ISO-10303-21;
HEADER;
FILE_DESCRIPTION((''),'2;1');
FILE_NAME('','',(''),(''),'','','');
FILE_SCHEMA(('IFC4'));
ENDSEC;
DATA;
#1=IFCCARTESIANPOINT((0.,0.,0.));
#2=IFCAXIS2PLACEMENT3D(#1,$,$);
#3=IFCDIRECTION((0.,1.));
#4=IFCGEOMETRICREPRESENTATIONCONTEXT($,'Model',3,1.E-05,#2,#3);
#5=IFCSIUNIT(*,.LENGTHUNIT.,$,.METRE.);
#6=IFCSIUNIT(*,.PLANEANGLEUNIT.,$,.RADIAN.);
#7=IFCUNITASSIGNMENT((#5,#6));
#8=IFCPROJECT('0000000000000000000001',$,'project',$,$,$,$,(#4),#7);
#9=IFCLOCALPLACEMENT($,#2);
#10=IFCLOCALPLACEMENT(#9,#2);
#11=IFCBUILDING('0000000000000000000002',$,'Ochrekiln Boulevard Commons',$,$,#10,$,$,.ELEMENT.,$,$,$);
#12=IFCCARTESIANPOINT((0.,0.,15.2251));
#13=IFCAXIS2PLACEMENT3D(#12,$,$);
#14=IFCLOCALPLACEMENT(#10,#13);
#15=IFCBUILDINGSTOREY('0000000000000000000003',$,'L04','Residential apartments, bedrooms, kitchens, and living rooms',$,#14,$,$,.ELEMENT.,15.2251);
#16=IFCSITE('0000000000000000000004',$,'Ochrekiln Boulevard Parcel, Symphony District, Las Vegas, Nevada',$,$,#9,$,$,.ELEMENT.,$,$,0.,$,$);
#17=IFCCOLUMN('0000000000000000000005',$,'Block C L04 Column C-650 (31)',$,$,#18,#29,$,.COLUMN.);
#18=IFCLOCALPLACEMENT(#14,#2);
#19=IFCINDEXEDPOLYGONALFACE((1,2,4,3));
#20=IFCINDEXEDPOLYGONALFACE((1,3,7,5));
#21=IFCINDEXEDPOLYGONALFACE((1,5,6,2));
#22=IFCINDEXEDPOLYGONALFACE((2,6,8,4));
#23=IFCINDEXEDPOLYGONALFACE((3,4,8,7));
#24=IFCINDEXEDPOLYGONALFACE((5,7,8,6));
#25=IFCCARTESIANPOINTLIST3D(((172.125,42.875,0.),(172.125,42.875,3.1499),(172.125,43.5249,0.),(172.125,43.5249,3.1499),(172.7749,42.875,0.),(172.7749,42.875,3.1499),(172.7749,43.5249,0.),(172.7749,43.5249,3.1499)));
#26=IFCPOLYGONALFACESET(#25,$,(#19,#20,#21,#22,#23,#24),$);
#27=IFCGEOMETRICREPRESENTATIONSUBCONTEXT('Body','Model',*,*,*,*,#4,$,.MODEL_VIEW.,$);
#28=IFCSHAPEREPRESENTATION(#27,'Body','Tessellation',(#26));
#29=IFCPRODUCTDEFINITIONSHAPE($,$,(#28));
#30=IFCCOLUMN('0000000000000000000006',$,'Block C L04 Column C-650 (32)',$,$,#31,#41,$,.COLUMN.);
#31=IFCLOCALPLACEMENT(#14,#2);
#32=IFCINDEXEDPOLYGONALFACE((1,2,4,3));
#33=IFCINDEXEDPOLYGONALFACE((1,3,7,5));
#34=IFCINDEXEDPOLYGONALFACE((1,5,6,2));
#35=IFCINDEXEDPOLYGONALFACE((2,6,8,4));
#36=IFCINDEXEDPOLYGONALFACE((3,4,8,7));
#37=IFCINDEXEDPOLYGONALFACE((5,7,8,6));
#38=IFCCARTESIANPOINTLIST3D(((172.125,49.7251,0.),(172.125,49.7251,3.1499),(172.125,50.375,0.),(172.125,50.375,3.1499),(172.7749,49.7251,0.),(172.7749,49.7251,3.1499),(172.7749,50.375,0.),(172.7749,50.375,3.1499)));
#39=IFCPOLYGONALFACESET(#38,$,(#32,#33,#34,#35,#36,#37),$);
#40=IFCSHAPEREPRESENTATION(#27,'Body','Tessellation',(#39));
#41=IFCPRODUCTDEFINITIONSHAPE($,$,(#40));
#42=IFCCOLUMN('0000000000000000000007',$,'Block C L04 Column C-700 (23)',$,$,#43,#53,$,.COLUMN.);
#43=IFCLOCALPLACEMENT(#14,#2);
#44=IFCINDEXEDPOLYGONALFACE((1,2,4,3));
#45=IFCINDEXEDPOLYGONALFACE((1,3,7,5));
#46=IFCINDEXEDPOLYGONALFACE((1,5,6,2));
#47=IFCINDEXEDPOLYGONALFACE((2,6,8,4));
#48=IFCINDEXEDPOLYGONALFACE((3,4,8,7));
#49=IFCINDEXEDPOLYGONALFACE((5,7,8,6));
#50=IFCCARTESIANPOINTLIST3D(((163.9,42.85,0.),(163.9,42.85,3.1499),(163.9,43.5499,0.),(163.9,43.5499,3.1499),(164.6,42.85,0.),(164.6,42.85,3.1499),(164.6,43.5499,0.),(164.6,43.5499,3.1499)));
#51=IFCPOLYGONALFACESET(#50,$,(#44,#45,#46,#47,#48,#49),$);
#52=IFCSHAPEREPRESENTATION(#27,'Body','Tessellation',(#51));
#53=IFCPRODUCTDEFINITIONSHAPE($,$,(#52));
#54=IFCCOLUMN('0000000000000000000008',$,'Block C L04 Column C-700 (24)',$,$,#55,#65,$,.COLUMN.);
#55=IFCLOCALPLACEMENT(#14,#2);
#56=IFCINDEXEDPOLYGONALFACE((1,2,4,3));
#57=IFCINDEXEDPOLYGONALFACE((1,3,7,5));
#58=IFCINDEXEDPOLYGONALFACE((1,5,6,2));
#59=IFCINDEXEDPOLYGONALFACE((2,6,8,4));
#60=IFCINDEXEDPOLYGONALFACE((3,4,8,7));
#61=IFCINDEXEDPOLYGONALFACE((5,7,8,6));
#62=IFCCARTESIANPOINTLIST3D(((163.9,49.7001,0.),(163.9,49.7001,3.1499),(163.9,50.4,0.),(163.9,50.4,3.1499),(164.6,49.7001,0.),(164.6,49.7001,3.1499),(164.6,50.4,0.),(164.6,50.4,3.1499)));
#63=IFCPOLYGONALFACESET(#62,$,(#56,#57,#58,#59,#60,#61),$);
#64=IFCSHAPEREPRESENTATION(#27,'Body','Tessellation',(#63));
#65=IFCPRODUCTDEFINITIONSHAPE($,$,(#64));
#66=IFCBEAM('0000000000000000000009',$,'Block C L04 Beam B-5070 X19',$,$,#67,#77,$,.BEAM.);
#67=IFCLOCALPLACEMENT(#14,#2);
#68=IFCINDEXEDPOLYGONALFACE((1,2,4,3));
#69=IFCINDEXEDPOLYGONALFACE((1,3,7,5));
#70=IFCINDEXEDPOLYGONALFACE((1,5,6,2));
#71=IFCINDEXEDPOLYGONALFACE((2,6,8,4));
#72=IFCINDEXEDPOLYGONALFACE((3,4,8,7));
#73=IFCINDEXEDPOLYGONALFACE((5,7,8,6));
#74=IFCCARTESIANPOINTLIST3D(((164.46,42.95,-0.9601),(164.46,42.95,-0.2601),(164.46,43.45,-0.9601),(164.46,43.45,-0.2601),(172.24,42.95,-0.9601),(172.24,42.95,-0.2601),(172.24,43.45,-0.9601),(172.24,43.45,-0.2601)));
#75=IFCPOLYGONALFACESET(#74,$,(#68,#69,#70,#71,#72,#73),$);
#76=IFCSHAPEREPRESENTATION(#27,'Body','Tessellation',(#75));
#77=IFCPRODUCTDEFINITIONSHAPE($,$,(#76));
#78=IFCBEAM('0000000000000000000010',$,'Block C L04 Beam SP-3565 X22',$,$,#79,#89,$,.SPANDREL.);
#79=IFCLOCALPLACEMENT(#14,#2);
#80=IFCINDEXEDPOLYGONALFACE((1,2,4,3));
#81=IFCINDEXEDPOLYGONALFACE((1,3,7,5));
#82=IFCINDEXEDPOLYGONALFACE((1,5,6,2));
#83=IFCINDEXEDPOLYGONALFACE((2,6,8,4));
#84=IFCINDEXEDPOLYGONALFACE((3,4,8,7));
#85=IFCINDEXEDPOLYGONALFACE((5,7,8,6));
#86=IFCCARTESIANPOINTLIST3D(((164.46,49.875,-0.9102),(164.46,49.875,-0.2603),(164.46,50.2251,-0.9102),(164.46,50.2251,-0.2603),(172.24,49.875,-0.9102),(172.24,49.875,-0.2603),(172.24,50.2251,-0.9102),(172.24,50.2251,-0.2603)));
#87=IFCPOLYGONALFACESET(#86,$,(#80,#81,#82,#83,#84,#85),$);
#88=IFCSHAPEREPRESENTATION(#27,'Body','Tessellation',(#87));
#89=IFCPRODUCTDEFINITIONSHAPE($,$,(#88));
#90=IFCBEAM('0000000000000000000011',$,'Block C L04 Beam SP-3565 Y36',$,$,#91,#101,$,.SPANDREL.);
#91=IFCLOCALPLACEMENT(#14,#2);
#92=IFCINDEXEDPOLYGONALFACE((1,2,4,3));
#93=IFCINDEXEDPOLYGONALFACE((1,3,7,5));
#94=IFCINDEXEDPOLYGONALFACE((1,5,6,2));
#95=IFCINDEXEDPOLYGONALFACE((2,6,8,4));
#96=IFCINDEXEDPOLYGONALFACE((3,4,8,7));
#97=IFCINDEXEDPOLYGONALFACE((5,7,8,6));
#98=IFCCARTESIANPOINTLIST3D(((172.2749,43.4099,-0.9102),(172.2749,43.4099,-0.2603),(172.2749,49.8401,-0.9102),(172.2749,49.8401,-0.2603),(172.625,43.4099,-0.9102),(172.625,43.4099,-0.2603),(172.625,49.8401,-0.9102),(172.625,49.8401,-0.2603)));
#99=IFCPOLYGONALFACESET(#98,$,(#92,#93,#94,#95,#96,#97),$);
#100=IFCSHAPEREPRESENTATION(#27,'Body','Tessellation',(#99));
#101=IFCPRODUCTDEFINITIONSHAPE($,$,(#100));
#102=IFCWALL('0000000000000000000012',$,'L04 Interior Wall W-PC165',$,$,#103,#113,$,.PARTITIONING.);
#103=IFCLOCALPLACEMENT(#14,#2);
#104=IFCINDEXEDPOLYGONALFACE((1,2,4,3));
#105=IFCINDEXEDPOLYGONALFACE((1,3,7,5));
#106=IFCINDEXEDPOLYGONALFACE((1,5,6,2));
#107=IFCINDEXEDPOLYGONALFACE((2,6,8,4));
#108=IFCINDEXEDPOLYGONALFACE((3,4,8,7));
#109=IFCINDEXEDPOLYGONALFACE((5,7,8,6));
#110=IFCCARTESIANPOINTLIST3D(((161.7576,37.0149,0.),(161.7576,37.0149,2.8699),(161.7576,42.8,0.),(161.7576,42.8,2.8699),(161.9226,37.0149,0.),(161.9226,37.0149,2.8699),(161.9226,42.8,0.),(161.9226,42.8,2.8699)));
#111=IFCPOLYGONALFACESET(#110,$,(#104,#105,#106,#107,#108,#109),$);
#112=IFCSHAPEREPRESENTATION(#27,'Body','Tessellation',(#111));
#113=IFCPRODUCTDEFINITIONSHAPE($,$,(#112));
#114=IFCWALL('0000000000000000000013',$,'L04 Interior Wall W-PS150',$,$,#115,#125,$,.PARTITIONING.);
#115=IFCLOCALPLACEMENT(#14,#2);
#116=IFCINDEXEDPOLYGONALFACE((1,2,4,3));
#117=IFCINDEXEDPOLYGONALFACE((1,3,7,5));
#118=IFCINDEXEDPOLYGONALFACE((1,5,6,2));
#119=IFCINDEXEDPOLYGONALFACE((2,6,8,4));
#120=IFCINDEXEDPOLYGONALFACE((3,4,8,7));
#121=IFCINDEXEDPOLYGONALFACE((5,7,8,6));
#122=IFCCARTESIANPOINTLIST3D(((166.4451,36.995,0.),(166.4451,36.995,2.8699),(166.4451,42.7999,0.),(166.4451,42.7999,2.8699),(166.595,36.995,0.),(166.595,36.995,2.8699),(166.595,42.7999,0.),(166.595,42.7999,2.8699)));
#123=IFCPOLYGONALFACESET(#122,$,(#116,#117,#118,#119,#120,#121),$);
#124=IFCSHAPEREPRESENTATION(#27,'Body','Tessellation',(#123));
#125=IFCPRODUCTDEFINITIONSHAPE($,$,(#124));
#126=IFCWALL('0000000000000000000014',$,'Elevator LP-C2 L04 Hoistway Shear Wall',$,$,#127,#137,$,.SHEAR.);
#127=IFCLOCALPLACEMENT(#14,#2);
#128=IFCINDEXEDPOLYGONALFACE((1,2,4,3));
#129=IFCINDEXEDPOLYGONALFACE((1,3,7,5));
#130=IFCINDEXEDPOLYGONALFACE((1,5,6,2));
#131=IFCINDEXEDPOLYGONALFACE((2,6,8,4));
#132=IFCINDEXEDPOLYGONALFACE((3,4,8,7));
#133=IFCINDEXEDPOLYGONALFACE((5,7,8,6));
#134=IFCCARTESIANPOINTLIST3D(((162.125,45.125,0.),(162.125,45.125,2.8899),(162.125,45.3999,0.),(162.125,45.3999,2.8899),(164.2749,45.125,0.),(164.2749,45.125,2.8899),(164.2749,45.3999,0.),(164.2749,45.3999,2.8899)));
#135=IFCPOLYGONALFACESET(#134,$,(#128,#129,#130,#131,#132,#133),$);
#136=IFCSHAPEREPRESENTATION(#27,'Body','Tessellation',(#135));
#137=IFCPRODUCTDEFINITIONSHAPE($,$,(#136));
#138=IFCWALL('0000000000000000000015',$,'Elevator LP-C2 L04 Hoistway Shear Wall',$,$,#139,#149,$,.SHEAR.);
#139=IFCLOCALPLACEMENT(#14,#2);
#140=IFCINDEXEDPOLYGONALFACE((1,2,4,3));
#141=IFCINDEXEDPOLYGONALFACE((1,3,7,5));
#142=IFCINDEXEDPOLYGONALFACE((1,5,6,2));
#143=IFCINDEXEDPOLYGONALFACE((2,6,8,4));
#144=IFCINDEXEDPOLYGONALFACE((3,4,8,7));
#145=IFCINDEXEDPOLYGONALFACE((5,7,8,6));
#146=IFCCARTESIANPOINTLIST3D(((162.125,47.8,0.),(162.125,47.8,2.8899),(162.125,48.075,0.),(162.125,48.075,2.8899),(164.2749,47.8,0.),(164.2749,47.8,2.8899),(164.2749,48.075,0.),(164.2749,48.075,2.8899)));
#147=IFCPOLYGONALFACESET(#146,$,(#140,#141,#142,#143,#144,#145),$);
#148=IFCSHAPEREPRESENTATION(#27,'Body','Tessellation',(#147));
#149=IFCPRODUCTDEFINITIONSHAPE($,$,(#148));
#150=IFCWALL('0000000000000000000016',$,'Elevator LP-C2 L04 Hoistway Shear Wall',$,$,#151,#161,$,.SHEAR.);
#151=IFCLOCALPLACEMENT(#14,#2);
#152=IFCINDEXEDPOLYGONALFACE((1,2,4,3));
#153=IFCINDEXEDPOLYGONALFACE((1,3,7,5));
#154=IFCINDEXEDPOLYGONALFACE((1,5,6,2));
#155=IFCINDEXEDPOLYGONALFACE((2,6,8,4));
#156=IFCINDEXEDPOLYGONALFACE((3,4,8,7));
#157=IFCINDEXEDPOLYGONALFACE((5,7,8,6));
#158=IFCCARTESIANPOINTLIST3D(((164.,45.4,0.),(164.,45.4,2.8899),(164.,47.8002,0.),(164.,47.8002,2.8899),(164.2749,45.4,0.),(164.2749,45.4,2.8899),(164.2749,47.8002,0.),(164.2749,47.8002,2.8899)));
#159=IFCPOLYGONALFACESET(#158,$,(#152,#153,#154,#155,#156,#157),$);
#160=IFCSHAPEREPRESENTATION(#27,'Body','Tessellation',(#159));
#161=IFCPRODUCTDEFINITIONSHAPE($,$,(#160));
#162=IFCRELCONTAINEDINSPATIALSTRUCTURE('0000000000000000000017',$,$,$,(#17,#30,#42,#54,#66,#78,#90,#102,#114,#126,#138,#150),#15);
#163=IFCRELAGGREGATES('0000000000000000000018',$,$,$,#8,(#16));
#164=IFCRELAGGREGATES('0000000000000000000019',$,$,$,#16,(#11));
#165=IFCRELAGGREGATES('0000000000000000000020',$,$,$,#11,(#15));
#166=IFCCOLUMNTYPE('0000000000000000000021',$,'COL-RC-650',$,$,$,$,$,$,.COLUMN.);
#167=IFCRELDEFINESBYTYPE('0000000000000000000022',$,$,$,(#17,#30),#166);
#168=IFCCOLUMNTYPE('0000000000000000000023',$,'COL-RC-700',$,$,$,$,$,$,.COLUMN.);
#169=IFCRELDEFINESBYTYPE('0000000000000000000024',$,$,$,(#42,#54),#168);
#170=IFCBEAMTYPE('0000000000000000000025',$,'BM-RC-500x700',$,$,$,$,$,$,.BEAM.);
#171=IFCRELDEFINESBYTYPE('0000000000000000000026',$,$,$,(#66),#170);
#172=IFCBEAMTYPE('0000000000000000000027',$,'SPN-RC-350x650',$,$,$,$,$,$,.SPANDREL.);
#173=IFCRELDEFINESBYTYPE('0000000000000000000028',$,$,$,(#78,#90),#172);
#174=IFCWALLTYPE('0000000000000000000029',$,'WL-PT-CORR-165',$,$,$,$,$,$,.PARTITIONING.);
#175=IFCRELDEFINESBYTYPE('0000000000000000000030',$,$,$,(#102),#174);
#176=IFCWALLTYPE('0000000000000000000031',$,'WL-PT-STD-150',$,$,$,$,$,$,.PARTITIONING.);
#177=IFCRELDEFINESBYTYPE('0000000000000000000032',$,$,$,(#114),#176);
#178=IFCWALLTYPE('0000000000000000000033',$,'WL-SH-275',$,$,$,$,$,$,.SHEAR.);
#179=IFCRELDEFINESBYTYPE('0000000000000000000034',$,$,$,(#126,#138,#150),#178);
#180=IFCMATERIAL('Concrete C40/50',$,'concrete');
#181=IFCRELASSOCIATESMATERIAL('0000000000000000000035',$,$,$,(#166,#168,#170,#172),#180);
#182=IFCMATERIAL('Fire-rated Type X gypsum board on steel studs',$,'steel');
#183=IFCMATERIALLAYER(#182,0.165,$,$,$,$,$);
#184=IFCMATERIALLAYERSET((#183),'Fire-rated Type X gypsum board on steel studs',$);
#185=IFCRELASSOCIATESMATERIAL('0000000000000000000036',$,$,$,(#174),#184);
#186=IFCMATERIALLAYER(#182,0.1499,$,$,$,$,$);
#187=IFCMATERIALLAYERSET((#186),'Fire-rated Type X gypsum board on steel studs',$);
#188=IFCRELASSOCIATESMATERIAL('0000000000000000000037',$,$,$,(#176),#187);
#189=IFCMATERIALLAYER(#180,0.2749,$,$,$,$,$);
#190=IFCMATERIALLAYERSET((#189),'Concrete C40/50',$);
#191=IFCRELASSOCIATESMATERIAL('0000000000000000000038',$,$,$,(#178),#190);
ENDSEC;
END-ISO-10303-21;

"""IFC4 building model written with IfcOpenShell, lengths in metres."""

from ifc_helpers import new_model, si_unit, direction, frame, frame_2d, origin, origin_2d, place, context, subcontext, project, spatial, rectangle, extrude, material, layer, layer_set, material_profile, profile_set, type_object, element, save


model = new_model("IFC4")

# Units and contexts
model_context = context("Model", 3, precision=1e-05, world=origin(), true_north=direction((0.0, 1.0)))
body_context = subcontext(model_context, "Body", "Model", "MODEL_VIEW")
ifc_project = project(units=[si_unit("LENGTHUNIT", "METRE"), si_unit("PLANEANGLEUNIT", "RADIAN")], contexts=[model_context])

# Site, building, storey
site_placement = place(None, origin())
site = spatial("IfcSite", under=ifc_project, at=site_placement, Name="Ochrekiln Boulevard Parcel, Symphony District, Las Vegas, Nevada", CompositionType="ELEMENT", RefElevation=0.0)
building_placement = place(site_placement, origin())
building = spatial("IfcBuilding", under=site, at=building_placement, Name="Ochrekiln Boulevard Commons", CompositionType="ELEMENT")
storey_placement = place(building_placement, frame((0.0, 0.0, 15.2251)))
storey = spatial("IfcBuildingStorey", under=building, at=storey_placement, Name="L04", Description="Residential apartments, bedrooms, kitchens, and living rooms", CompositionType="ELEMENT", Elevation=15.2251)

# Columns
ifc_material_1 = material(Name="Concrete C40/50", Category="concrete")
ifc_material_profile_1 = material_profile(ifc_material_1, rectangle(XDim=0.6499, YDim=0.6499, at=origin_2d()), Name="RC-COL-650x650")
ifc_profile_set_1 = profile_set([ifc_material_profile_1], Name="Concrete C40/50")
column_type_1 = type_object("IfcColumnType", Name="COL-RC-650", PredefinedType="COLUMN", material=ifc_profile_set_1)
for number, where, z_axis, x_axis, name in (
    (1, (172.45, 43.2, 0.0), (0.0, 0.0, 1.0), (1.0, 0.0, 0.0), "Block C L04 Column C-650 (31)"),
    (2, (172.45, 50.05, 0.0), (0.0, 0.0, 1.0), (1.0, 0.0, 0.0), "Block C L04 Column C-650 (32)"),
):
    element("IfcColumn", number, at=place(storey_placement, frame(where, z_axis=z_axis, x_axis=x_axis)), inside=storey, type_object=column_type_1, Name=name, PredefinedType="COLUMN", context=body_context, shape_type="SweptSolid", body=[
        extrude(rectangle(XDim=0.6499, YDim=0.6499, at=origin_2d()), origin(), (0.0, 0.0, 1.0), 3.1499),
    ])
ifc_material_profile_2 = material_profile(ifc_material_1, rectangle(XDim=0.7, YDim=0.7, at=origin_2d()), Name="RC-COL-700x700")
ifc_profile_set_2 = profile_set([ifc_material_profile_2], Name="Concrete C40/50")
column_type_2 = type_object("IfcColumnType", Name="COL-RC-700", PredefinedType="COLUMN", material=ifc_profile_set_2)
for number, where, z_axis, x_axis, name in (
    (3, (164.25, 43.2, 0.0), (0.0, 0.0, 1.0), (1.0, 0.0, 0.0), "Block C L04 Column C-700 (23)"),
    (4, (164.25, 50.05, 0.0), (0.0, 0.0, 1.0), (1.0, 0.0, 0.0), "Block C L04 Column C-700 (24)"),
):
    element("IfcColumn", number, at=place(storey_placement, frame(where, z_axis=z_axis, x_axis=x_axis)), inside=storey, type_object=column_type_2, Name=name, PredefinedType="COLUMN", context=body_context, shape_type="SweptSolid", body=[
        extrude(rectangle(XDim=0.7, YDim=0.7, at=origin_2d()), origin(), (0.0, 0.0, 1.0), 3.1499),
    ])

# Beams
ifc_material_profile_3 = material_profile(ifc_material_1, rectangle(XDim=0.5, YDim=0.7, at=origin_2d()), Name="RC-BM-500x700")
ifc_profile_set_3 = profile_set([ifc_material_profile_3], Name="Concrete C40/50")
beam_type_1 = type_object("IfcBeamType", Name="BM-RC-500x700", PredefinedType="BEAM", material=ifc_profile_set_3)
beam_1_placement = place(storey_placement, frame((164.46, 43.2, -0.6101), z_axis=(1.0, 0.0, 0.0), x_axis=(0.0, 1.0, 0.0)))
element("IfcBeam", 5, at=beam_1_placement, inside=storey, type_object=beam_type_1, Name="Block C L04 Beam B-5070 X19", PredefinedType="BEAM", context=body_context, shape_type="SweptSolid", body=[
    extrude(rectangle(XDim=0.5, YDim=0.7, at=origin_2d()), origin(), (0.0, 0.0, 1.0), 7.78),
])
ifc_material_profile_4 = material_profile(ifc_material_1, rectangle(XDim=0.3501, YDim=0.6499, at=origin_2d()), Name="RC-SPN-350x650")
ifc_profile_set_4 = profile_set([ifc_material_profile_4], Name="Concrete C40/50")
beam_type_2 = type_object("IfcBeamType", Name="SPN-RC-350x650", PredefinedType="SPANDREL", material=ifc_profile_set_4)
beam_2_placement = place(storey_placement, frame((164.46, 50.05, -0.5852), z_axis=(1.0, 0.0, 0.0), x_axis=(0.0, 1.0, 0.0)))
element("IfcBeam", 6, at=beam_2_placement, inside=storey, type_object=beam_type_2, Name="Block C L04 Beam SP-3565 X22", PredefinedType="SPANDREL", context=body_context, shape_type="SweptSolid", body=[
    extrude(rectangle(XDim=0.3501, YDim=0.6499, at=origin_2d()), origin(), (0.0, 0.0, 1.0), 7.78),
])
beam_3_placement = place(storey_placement, frame((172.45, 43.4099, -0.5852), z_axis=(0.0, 1.0, 0.0), x_axis=(-1.0, 0.0, 0.0)))
element("IfcBeam", 7, at=beam_3_placement, inside=storey, type_object=beam_type_2, Name="Block C L04 Beam SP-3565 Y36", PredefinedType="SPANDREL", context=body_context, shape_type="SweptSolid", body=[
    extrude(rectangle(XDim=0.3501, YDim=0.6499, at=origin_2d()), origin(), (0.0, 0.0, 1.0), 6.4302),
])

# Wall
ifc_material_2 = material(Name="Fire-rated Type X gypsum board on steel studs", Category="steel")
ifc_layer_1 = layer(ifc_material_2, 0.165)
ifc_layer_set_1 = layer_set([ifc_layer_1], Name="Fire-rated Type X gypsum board on steel studs")
wall_type_1 = type_object("IfcWallType", Name="WL-PT-CORR-165", PredefinedType="PARTITIONING", material=ifc_layer_set_1)
wall_1_placement = place(storey_placement, frame((161.8401, 37.0149, 0.0), z_axis=(0.0, 0.0, 1.0), x_axis=(0.0, 1.0, 0.0)))
element("IfcWall", 8, at=wall_1_placement, inside=storey, type_object=wall_type_1, Name="L04 Interior Wall W-PC165", PredefinedType="PARTITIONING", context=body_context, shape_type="SweptSolid", body=[
    extrude(rectangle(XDim=5.7852, YDim=0.165, at=frame_2d((2.8926, 0.0))), origin(), (0.0, 0.0, 1.0), 2.8699),
])

# Walls
ifc_layer_2 = layer(ifc_material_2, 0.1499)
ifc_layer_set_2 = layer_set([ifc_layer_2], Name="Fire-rated Type X gypsum board on steel studs")
wall_type_2 = type_object("IfcWallType", Name="WL-PT-STD-150", PredefinedType="PARTITIONING", material=ifc_layer_set_2)
wall_2_placement = place(storey_placement, frame((166.52, 36.9951, 0.0), z_axis=(0.0, 0.0, 1.0), x_axis=(0.0, 1.0, 0.0)))
element("IfcWall", 9, at=wall_2_placement, inside=storey, type_object=wall_type_2, Name="L04 Interior Wall W-PS150", PredefinedType="PARTITIONING", context=body_context, shape_type="SweptSolid", body=[
    extrude(rectangle(XDim=5.8049, YDim=0.1499, at=frame_2d((2.9023, 0.0))), origin(), (0.0, 0.0, 1.0), 2.8699),
])
ifc_layer_3 = layer(ifc_material_1, 0.2749)
ifc_layer_set_3 = layer_set([ifc_layer_3], Name="Concrete C40/50")
wall_type_3 = type_object("IfcWallType", Name="WL-SH-275", PredefinedType="SHEAR", material=ifc_layer_set_3)
for number, where, z_axis, x_axis, name in (
    (10, (162.125, 45.2625, 0.0), (0.0, 0.0, 1.0), (1.0, 0.0, 0.0), "Elevator LP-C2 L04 Hoistway Shear Wall"),
    (11, (162.125, 47.9375, 0.0), (0.0, 0.0, 1.0), (1.0, 0.0, 0.0), "Elevator LP-C2 L04 Hoistway Shear Wall"),
):
    element("IfcWall", number, at=place(storey_placement, frame(where, z_axis=z_axis, x_axis=x_axis)), inside=storey, type_object=wall_type_3, Name=name, PredefinedType="SHEAR", context=body_context, shape_type="SweptSolid", body=[
        extrude(rectangle(XDim=2.1499, YDim=0.2749, at=frame_2d((1.075, 0.0))), origin(), (0.0, 0.0, 1.0), 2.8899),
    ])

# Wall
wall_3_placement = place(storey_placement, frame((164.1375, 45.3999, 0.0), z_axis=(0.0, 0.0, 1.0), x_axis=(0.0, 1.0, 0.0)))
element("IfcWall", 12, at=wall_3_placement, inside=storey, type_object=wall_type_3, Name="Elevator LP-C2 L04 Hoistway Shear Wall", PredefinedType="SHEAR", context=body_context, shape_type="SweptSolid", body=[
    extrude(rectangle(XDim=2.4001, YDim=0.2749, at=frame_2d((1.2002, 0.0))), origin(), (0.0, 0.0, 1.0), 2.8899),
])

save(model, "model.ifc")
